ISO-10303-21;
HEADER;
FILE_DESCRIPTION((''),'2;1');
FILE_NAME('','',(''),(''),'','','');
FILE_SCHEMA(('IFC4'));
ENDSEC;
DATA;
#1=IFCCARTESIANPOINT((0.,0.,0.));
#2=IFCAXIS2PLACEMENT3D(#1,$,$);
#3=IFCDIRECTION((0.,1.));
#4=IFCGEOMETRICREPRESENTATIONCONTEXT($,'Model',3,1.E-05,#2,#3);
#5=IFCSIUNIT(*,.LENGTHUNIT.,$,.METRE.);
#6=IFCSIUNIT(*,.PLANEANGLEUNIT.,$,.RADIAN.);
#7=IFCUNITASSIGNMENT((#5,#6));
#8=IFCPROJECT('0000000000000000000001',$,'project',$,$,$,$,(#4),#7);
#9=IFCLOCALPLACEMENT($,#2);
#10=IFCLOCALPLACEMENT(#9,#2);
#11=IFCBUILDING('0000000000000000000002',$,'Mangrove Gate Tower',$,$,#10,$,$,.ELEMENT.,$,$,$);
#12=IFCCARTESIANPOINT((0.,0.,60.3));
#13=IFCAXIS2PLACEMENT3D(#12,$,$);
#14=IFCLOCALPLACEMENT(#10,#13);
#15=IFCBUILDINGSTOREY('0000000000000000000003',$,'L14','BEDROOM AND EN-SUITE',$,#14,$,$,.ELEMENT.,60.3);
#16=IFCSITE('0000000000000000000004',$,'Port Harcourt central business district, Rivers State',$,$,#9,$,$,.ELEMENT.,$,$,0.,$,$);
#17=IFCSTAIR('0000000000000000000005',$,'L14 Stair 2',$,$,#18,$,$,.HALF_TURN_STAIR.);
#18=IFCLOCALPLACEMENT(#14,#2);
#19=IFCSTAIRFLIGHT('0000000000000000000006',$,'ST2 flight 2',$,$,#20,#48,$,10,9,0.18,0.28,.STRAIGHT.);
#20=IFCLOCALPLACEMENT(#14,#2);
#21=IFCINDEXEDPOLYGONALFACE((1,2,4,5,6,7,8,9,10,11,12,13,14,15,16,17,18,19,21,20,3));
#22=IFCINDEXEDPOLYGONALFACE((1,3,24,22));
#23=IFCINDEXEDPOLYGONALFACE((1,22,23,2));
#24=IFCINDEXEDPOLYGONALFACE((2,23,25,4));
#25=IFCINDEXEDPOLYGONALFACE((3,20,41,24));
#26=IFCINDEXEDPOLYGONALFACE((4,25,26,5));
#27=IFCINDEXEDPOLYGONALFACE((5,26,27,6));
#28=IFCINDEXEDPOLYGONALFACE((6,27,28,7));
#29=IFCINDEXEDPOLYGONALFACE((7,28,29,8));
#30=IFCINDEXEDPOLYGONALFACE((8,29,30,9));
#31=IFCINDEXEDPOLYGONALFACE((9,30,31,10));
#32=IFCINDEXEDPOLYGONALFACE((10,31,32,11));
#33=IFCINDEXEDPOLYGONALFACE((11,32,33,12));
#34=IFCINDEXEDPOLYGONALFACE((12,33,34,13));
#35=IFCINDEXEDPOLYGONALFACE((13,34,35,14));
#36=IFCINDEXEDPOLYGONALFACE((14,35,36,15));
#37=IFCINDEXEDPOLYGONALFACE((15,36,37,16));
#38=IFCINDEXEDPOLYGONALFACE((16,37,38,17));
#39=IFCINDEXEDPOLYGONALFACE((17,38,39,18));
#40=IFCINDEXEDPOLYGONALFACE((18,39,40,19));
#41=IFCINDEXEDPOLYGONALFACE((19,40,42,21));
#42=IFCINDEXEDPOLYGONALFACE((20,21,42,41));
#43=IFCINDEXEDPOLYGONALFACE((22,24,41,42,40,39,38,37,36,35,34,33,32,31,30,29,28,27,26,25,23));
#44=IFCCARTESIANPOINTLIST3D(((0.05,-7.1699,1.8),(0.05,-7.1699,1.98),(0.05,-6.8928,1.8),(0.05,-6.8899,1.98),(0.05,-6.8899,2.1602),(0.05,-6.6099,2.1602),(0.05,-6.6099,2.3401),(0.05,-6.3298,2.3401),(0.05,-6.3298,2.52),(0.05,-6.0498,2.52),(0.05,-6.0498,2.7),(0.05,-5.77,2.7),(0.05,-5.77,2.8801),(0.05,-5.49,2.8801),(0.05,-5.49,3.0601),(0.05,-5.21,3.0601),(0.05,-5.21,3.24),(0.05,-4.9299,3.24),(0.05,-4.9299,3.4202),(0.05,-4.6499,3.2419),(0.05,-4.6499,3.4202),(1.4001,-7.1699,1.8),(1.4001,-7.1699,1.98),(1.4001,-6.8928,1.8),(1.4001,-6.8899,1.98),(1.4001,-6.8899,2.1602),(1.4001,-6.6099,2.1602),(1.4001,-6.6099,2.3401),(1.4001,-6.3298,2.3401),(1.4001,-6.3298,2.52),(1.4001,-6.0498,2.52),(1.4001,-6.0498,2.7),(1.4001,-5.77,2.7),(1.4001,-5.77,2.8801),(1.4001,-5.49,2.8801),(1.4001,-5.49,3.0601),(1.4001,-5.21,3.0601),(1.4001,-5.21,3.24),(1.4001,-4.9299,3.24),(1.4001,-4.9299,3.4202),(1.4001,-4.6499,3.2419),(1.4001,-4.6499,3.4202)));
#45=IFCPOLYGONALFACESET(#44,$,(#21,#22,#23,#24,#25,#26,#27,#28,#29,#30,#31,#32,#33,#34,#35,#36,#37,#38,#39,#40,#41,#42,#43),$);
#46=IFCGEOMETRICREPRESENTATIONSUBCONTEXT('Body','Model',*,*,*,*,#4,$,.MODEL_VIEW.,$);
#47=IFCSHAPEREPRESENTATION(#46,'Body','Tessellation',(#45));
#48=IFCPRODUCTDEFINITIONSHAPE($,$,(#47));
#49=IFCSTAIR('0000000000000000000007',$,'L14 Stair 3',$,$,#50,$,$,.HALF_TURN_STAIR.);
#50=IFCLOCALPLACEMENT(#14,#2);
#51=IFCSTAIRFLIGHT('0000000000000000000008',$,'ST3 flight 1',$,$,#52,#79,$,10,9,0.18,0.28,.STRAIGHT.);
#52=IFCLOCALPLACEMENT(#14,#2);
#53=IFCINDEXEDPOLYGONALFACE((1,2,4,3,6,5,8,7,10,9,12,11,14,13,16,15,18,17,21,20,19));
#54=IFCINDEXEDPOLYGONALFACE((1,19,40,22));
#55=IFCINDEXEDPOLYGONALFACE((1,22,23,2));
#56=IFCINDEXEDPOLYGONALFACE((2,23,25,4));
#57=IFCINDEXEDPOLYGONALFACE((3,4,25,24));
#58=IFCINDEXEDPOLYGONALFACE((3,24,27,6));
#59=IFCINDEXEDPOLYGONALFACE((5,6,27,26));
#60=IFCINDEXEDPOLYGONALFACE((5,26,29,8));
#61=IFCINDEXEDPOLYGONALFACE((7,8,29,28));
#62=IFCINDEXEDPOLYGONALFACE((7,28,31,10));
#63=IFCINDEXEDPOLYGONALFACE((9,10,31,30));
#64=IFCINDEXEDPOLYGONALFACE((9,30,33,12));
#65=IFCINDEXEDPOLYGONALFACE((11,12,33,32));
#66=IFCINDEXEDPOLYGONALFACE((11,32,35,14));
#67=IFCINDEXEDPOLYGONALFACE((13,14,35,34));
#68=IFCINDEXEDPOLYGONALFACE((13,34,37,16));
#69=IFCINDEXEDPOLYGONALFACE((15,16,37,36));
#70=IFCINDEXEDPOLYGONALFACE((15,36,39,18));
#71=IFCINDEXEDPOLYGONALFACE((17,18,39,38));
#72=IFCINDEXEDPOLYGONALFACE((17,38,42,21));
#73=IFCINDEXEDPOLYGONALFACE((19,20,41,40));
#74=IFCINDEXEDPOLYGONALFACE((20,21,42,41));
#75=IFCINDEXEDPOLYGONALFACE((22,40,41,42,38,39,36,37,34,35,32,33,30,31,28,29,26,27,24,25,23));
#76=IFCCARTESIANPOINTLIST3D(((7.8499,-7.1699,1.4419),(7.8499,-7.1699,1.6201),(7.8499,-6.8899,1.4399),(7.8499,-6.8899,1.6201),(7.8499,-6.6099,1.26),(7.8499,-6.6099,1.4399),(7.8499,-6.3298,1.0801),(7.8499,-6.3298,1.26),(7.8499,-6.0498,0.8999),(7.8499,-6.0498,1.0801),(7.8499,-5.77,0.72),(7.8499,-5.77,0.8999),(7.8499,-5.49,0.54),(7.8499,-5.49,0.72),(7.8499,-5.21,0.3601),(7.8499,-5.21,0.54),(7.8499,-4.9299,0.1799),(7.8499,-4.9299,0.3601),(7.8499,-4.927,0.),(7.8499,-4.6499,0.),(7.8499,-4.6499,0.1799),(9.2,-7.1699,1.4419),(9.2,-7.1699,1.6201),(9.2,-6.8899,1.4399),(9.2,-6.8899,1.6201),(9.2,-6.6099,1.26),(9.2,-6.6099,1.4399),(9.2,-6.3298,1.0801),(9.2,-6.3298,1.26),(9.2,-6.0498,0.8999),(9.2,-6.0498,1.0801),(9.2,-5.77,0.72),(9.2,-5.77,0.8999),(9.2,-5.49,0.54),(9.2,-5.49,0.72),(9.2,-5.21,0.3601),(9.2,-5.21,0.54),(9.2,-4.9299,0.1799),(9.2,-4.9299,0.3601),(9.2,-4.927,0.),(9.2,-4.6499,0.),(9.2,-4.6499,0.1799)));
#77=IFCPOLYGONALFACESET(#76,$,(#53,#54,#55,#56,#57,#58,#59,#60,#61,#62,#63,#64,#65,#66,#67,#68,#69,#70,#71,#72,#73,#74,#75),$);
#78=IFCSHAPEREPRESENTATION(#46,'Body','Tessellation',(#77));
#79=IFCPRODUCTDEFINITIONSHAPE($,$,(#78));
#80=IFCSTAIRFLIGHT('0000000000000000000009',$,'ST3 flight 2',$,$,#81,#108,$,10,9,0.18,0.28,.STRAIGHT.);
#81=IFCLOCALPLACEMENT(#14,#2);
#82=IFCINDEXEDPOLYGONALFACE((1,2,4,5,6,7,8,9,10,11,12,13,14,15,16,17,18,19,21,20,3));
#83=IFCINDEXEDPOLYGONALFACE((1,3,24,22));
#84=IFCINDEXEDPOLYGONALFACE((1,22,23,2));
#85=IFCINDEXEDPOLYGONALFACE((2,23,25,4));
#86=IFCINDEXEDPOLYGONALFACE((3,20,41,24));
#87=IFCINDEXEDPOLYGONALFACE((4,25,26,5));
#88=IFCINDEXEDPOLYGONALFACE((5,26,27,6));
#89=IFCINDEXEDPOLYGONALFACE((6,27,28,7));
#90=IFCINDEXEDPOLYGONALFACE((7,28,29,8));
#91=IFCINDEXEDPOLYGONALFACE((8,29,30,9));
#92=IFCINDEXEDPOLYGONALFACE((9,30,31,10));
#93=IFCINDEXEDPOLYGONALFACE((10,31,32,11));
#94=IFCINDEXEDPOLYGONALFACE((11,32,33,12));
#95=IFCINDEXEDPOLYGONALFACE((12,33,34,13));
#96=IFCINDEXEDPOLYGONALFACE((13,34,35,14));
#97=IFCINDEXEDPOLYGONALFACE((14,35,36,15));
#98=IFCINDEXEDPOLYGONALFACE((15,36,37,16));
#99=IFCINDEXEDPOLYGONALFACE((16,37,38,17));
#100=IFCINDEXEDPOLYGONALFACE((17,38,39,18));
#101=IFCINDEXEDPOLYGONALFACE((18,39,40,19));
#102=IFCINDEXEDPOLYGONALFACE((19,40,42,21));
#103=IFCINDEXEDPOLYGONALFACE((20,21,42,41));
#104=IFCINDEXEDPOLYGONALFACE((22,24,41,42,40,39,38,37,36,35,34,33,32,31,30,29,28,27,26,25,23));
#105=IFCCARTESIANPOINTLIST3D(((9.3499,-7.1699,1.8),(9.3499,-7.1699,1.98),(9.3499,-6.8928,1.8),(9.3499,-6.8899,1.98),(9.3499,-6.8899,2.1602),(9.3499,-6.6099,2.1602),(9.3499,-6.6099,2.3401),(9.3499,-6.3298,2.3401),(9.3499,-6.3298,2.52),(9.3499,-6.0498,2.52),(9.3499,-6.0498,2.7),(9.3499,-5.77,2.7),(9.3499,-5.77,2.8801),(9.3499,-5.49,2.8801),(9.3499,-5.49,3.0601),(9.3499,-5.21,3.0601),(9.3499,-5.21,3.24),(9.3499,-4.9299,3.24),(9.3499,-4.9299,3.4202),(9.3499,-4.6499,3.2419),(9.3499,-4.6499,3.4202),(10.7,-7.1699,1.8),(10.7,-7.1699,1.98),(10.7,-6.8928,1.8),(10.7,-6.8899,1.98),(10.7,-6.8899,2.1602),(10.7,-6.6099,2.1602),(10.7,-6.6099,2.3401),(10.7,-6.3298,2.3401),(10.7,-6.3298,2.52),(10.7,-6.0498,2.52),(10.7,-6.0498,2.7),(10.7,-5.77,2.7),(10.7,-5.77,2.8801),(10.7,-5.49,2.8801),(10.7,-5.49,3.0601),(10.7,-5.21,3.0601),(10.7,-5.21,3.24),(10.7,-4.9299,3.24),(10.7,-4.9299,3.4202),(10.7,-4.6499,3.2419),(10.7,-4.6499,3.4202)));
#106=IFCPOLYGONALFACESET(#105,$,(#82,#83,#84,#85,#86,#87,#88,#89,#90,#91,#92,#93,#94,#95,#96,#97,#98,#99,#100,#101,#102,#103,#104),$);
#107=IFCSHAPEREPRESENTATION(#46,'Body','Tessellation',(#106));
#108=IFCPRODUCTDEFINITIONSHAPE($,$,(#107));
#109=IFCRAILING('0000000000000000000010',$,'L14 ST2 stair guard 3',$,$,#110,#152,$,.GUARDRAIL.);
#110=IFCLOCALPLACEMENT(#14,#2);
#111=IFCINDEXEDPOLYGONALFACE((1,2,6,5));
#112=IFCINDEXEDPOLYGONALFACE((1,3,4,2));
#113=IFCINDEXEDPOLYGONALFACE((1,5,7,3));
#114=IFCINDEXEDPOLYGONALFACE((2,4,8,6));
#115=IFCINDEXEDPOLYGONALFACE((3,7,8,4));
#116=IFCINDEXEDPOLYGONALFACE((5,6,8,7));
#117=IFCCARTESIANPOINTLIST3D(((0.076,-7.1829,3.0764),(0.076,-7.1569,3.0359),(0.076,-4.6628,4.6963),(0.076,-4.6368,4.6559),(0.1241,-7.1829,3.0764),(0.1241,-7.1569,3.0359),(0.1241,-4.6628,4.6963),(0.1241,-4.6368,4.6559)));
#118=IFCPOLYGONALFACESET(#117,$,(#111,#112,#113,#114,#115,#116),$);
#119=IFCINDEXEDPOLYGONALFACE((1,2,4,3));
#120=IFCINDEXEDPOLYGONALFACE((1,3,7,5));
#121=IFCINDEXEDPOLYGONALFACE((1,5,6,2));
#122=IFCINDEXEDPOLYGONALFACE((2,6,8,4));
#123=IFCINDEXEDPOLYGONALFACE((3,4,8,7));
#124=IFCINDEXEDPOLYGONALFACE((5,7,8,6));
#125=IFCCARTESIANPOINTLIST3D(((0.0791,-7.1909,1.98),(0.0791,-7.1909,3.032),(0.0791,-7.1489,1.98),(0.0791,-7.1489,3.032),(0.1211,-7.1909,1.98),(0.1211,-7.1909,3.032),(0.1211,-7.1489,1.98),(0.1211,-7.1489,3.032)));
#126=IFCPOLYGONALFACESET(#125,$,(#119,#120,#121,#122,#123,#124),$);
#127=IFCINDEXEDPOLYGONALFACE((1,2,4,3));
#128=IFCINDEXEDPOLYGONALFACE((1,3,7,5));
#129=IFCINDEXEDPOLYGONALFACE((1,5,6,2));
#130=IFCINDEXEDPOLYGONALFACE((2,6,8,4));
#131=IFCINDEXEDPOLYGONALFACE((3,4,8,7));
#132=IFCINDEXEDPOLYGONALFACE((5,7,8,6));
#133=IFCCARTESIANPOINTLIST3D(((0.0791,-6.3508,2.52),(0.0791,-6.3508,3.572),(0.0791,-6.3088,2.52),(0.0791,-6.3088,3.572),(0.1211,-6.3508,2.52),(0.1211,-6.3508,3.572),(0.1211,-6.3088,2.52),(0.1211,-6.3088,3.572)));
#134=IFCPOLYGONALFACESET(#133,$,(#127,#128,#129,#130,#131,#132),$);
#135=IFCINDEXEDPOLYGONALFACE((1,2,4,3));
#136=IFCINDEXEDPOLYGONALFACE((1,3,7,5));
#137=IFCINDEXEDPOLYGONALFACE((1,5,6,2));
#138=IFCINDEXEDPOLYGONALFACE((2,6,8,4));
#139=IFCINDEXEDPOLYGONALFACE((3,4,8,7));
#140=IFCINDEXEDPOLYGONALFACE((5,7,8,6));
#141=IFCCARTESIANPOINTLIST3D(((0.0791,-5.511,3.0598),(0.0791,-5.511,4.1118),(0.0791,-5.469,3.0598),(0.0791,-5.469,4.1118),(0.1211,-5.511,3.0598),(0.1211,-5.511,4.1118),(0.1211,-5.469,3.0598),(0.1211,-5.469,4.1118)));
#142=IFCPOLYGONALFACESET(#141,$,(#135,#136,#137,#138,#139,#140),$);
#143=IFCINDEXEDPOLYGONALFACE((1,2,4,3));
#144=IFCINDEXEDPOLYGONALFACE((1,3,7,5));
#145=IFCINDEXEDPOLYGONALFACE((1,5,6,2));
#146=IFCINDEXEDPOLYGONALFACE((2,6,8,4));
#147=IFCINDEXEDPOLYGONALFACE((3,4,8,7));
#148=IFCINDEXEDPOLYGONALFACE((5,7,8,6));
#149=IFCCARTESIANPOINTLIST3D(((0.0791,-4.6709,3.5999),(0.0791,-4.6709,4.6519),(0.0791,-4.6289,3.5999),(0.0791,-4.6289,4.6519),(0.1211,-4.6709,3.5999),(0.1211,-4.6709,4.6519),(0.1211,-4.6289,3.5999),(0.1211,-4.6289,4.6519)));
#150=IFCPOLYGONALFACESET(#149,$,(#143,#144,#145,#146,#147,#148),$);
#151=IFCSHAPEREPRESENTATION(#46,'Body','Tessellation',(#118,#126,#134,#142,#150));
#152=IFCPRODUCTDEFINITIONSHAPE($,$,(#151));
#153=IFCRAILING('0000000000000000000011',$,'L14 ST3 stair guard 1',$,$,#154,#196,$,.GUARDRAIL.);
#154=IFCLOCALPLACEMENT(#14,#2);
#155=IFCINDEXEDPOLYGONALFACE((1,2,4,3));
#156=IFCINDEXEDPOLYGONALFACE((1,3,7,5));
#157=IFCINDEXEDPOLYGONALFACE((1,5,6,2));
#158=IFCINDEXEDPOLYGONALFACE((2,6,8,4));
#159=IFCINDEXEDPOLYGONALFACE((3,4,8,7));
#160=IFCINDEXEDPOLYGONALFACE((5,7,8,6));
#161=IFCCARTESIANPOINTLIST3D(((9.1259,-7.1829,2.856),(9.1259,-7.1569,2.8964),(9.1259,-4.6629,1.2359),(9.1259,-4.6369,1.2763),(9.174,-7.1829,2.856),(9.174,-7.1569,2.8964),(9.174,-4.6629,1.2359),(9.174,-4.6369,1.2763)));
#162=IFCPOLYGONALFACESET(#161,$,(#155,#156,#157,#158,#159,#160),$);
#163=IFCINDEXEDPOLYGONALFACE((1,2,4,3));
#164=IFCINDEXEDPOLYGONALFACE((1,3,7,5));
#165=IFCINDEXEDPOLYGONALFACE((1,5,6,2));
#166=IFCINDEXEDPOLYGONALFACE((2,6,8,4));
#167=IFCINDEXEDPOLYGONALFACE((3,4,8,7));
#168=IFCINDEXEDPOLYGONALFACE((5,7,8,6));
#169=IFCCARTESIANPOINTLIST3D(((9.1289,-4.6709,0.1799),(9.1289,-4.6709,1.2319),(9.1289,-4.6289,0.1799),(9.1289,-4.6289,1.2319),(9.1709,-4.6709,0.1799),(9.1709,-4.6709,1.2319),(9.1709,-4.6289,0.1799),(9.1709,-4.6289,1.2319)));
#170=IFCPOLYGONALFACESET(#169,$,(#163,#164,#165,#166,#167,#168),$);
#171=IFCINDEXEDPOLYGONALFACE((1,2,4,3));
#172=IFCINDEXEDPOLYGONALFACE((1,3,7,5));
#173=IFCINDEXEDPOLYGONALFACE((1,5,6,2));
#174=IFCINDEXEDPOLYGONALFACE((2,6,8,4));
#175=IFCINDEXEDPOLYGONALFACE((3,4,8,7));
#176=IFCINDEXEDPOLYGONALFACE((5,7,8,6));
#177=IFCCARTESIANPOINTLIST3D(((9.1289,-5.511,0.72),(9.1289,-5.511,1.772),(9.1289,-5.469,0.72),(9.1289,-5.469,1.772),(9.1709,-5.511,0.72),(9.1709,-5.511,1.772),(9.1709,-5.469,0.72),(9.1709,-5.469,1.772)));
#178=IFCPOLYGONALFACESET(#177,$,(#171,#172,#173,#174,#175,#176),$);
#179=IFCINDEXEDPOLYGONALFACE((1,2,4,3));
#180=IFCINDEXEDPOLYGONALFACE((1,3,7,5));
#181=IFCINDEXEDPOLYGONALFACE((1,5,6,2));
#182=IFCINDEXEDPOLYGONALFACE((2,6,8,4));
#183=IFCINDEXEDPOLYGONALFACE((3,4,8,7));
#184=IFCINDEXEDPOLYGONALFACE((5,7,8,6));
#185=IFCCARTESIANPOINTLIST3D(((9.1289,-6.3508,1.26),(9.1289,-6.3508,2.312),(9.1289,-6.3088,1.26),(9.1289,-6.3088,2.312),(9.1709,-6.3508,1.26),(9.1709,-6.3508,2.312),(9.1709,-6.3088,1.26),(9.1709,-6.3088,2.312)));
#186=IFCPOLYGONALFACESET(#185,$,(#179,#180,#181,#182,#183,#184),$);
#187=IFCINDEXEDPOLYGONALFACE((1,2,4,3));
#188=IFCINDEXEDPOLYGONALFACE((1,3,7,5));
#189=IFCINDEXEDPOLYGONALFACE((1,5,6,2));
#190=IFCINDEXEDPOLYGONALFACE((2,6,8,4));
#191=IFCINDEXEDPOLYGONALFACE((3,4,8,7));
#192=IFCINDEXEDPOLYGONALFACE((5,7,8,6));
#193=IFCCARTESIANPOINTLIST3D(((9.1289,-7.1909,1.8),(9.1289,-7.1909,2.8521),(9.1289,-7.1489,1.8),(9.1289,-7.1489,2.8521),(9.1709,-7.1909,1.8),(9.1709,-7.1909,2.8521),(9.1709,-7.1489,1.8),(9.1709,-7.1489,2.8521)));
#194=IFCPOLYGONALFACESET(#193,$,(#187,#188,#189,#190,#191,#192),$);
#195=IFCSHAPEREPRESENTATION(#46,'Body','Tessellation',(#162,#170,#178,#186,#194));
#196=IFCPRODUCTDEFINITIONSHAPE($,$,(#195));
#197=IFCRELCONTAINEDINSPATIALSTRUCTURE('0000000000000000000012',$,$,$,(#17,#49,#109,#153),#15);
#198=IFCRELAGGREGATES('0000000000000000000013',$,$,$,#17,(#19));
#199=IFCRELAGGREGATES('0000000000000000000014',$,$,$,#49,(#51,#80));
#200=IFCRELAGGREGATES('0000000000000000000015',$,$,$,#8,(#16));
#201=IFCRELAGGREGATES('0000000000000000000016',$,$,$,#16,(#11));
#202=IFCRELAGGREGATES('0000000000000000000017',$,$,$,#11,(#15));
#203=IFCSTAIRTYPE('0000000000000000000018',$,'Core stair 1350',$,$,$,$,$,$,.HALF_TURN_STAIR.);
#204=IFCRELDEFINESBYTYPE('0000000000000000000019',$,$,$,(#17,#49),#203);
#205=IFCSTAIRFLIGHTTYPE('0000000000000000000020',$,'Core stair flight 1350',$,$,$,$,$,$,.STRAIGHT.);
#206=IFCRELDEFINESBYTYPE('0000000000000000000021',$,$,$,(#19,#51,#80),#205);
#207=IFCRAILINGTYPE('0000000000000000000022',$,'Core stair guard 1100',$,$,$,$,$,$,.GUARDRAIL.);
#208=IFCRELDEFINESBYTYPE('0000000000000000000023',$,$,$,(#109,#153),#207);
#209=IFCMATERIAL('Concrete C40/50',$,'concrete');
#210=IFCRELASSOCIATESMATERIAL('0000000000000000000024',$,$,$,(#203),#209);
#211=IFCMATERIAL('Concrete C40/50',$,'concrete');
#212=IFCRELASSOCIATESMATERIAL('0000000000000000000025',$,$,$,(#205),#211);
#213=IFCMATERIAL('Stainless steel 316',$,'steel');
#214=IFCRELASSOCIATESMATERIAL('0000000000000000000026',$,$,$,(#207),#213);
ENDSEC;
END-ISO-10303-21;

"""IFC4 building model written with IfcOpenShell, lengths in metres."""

from ifc_helpers import new_model, si_unit, direction, frame, origin, origin_2d, place, context, subcontext, project, spatial, polyline, rectangle, outline, extrude, material, type_object, element, aggregate, save


model = new_model("IFC4")

# Units and contexts
model_context = context("Model", 3, precision=1e-05, world=origin(), true_north=direction((0.0, 1.0)))
body_context = subcontext(model_context, "Body", "Model", "MODEL_VIEW")
ifc_project = project(units=[si_unit("LENGTHUNIT", "METRE"), si_unit("PLANEANGLEUNIT", "RADIAN")], contexts=[model_context])

# Site, building, storey
site_placement = place(None, origin())
site = spatial("IfcSite", under=ifc_project, at=site_placement, Name="Port Harcourt central business district, Rivers State", CompositionType="ELEMENT", RefElevation=0.0)
building_placement = place(site_placement, origin())
building = spatial("IfcBuilding", under=site, at=building_placement, Name="Mangrove Gate Tower", CompositionType="ELEMENT")
storey_placement = place(building_placement, frame((0.0, 0.0, 60.3)))
storey = spatial("IfcBuildingStorey", under=building, at=storey_placement, Name="L14", Description="BEDROOM AND EN-SUITE", CompositionType="ELEMENT", Elevation=60.3)

# Stair, stair flight
ifc_material_1 = material(Name="Concrete C40/50", Category="concrete")
stair_type = type_object("IfcStairType", Name="Core stair 1350", PredefinedType="HALF_TURN_STAIR", material=ifc_material_1)
stair_1_placement = place(storey_placement, origin())
stair_1 = element("IfcStair", 1, at=stair_1_placement, inside=storey, type_object=stair_type, Name="L14 Stair 2", PredefinedType="HALF_TURN_STAIR")
ifc_material_2 = material(Name="Concrete C40/50", Category="concrete")
stair_flight_type = type_object("IfcStairFlightType", Name="Core stair flight 1350", PredefinedType="STRAIGHT", material=ifc_material_2)
stair_flight_1_placement = place(storey_placement, frame((0.7251, -7.1699, 1.8), z_axis=(0.0, 0.0, 1.0), x_axis=(0.0, 1.0, 0.0)))
stair_flight_1 = element("IfcStairFlight", 2, at=stair_flight_1_placement, type_object=stair_flight_type, Name="ST2 flight 2", NumberOfRisers=10, NumberOfTreads=9, PredefinedType="STRAIGHT", RiserHeight=0.18, TreadLength=0.28, context=body_context, shape_type="SweptSolid", body=[
    extrude(outline(polyline([(0.0, 0.0), (0.0, 0.1799), (0.28, 0.1799), (0.28, 0.3601), (0.5601, 0.3601), (0.5601, 0.54), (0.8401, 0.54), (0.8401, 0.72), (1.1201, 0.72), (1.1201, 0.8999), (1.3999, 0.8999), (1.3999, 1.0801), (1.6799, 1.0801), (1.6799, 1.26), (1.96, 1.26), (1.96, 1.4399), (2.24, 1.4399), (2.24, 1.6201), (2.52, 1.6201), (2.52, 1.8), (2.52, 1.4419), (0.2771, 0.0), (0.0, 0.0)])), frame((0.0, 0.675, 0.0), z_axis=(0.0, -1.0, 0.0), x_axis=(1.0, 0.0, 0.0)), (0.0, 0.0, 1.0), 1.3501),
])
aggregate(stair_1, [stair_flight_1])

# Stair, stair flights
stair_2_placement = place(storey_placement, origin())
stair_2 = element("IfcStair", 3, at=stair_2_placement, inside=storey, type_object=stair_type, Name="L14 Stair 3", PredefinedType="HALF_TURN_STAIR")
stair_flight_2_placement = place(storey_placement, frame((8.5249, -4.6499, 0.0), z_axis=(0.0, 0.0, 1.0), x_axis=(0.0, -1.0, 0.0)))
stair_flight_2 = element("IfcStairFlight", 4, at=stair_flight_2_placement, type_object=stair_flight_type, Name="ST3 flight 1", NumberOfRisers=10, NumberOfTreads=9, PredefinedType="STRAIGHT", RiserHeight=0.18, TreadLength=0.28, context=body_context, shape_type="SweptSolid", body=[
    extrude(outline(polyline([(0.0, 0.0), (0.0, 0.1799), (0.28, 0.1799), (0.28, 0.3601), (0.5601, 0.3601), (0.5601, 0.54), (0.8401, 0.54), (0.8401, 0.72), (1.1201, 0.72), (1.1201, 0.8999), (1.3999, 0.8999), (1.3999, 1.0801), (1.6799, 1.0801), (1.6799, 1.26), (1.96, 1.26), (1.96, 1.4399), (2.24, 1.4399), (2.24, 1.6201), (2.52, 1.6201), (2.52, 1.8), (2.52, 1.4419), (0.2771, 0.0), (0.0, 0.0)])), frame((0.0, 0.675, 0.0), z_axis=(0.0, -1.0, 0.0), x_axis=(1.0, 0.0, 0.0)), (0.0, 0.0, 1.0), 1.3501),
])
stair_flight_3_placement = place(storey_placement, frame((10.0249, -7.1699, 1.8), z_axis=(0.0, 0.0, 1.0), x_axis=(0.0, 1.0, 0.0)))
stair_flight_3 = element("IfcStairFlight", 5, at=stair_flight_3_placement, type_object=stair_flight_type, Name="ST3 flight 2", NumberOfRisers=10, NumberOfTreads=9, PredefinedType="STRAIGHT", RiserHeight=0.18, TreadLength=0.28, context=body_context, shape_type="SweptSolid", body=[
    extrude(outline(polyline([(0.0, 0.0), (0.0, 0.1799), (0.28, 0.1799), (0.28, 0.3601), (0.5601, 0.3601), (0.5601, 0.54), (0.8401, 0.54), (0.8401, 0.72), (1.1201, 0.72), (1.1201, 0.8999), (1.3999, 0.8999), (1.3999, 1.0801), (1.6799, 1.0801), (1.6799, 1.26), (1.96, 1.26), (1.96, 1.4399), (2.24, 1.4399), (2.24, 1.6201), (2.52, 1.6201), (2.52, 1.8), (2.52, 1.4419), (0.2771, 0.0), (0.0, 0.0)])), frame((0.0, 0.675, 0.0), z_axis=(0.0, -1.0, 0.0), x_axis=(1.0, 0.0, 0.0)), (0.0, 0.0, 1.0), 1.3501),
])
aggregate(stair_2, [stair_flight_2, stair_flight_3])

# Railings
ifc_material_3 = material(Name="Stainless steel 316", Category="steel")
railing_type_1 = type_object("IfcRailingType", Name="Core stair guard 1100", PredefinedType="GUARDRAIL", material=ifc_material_3)
railing_1_placement = place(storey_placement, frame((0.1001, -7.1699, 1.98)))
element("IfcRailing", 6, at=railing_1_placement, inside=storey, type_object=railing_type_1, Name="L14 ST2 stair guard 3", PredefinedType="GUARDRAIL", context=body_context, shape_type="SweptSolid", body=[
    extrude(rectangle(XDim=0.0481, YDim=0.0481, at=origin_2d()), frame((0.0, 0.0, 1.0762), z_axis=(0.0, 0.8412, 0.540725), x_axis=(-1.0, 0.0, 0.0)), (0.0, 0.0, 1.0), 2.9958),
    extrude(rectangle(XDim=0.042, YDim=0.042, at=origin_2d()), origin(), (0.0, 0.0, 1.0), 1.052),
    extrude(rectangle(XDim=0.042, YDim=0.042, at=origin_2d()), frame((0.0, 0.8401, 0.54)), (0.0, 0.0, 1.0), 1.052),
    extrude(rectangle(XDim=0.042, YDim=0.042, at=origin_2d()), frame((0.0, 1.6799, 1.0798)), (0.0, 0.0, 1.0), 1.052),
    extrude(rectangle(XDim=0.042, YDim=0.042, at=origin_2d()), frame((0.0, 2.52, 1.6199)), (0.0, 0.0, 1.0), 1.052),
])
railing_2_placement = place(storey_placement, frame((9.1499, -4.6499, 0.1799)))
element("IfcRailing", 7, at=railing_2_placement, inside=storey, type_object=railing_type_1, Name="L14 ST3 stair guard 1", PredefinedType="GUARDRAIL", context=body_context, shape_type="SweptSolid", body=[
    extrude(rectangle(XDim=0.0481, YDim=0.0481, at=origin_2d()), frame((0.0, 0.0, 1.0762), z_axis=(0.0, -0.841163, 0.540782), x_axis=(1.0, 0.0, 0.0)), (0.0, 0.0, 1.0), 2.9958),
    extrude(rectangle(XDim=0.042, YDim=0.042, at=origin_2d()), origin(), (0.0, 0.0, 1.0), 1.052),
    extrude(rectangle(XDim=0.042, YDim=0.042, at=origin_2d()), frame((0.0, -0.8401, 0.54)), (0.0, 0.0, 1.0), 1.052),
    extrude(rectangle(XDim=0.042, YDim=0.042, at=origin_2d()), frame((0.0, -1.6799, 1.0801)), (0.0, 0.0, 1.0), 1.052),
    extrude(rectangle(XDim=0.042, YDim=0.042, at=origin_2d()), frame((0.0, -2.52, 1.6201)), (0.0, 0.0, 1.0), 1.052),
])

save(model, "model.ifc")
